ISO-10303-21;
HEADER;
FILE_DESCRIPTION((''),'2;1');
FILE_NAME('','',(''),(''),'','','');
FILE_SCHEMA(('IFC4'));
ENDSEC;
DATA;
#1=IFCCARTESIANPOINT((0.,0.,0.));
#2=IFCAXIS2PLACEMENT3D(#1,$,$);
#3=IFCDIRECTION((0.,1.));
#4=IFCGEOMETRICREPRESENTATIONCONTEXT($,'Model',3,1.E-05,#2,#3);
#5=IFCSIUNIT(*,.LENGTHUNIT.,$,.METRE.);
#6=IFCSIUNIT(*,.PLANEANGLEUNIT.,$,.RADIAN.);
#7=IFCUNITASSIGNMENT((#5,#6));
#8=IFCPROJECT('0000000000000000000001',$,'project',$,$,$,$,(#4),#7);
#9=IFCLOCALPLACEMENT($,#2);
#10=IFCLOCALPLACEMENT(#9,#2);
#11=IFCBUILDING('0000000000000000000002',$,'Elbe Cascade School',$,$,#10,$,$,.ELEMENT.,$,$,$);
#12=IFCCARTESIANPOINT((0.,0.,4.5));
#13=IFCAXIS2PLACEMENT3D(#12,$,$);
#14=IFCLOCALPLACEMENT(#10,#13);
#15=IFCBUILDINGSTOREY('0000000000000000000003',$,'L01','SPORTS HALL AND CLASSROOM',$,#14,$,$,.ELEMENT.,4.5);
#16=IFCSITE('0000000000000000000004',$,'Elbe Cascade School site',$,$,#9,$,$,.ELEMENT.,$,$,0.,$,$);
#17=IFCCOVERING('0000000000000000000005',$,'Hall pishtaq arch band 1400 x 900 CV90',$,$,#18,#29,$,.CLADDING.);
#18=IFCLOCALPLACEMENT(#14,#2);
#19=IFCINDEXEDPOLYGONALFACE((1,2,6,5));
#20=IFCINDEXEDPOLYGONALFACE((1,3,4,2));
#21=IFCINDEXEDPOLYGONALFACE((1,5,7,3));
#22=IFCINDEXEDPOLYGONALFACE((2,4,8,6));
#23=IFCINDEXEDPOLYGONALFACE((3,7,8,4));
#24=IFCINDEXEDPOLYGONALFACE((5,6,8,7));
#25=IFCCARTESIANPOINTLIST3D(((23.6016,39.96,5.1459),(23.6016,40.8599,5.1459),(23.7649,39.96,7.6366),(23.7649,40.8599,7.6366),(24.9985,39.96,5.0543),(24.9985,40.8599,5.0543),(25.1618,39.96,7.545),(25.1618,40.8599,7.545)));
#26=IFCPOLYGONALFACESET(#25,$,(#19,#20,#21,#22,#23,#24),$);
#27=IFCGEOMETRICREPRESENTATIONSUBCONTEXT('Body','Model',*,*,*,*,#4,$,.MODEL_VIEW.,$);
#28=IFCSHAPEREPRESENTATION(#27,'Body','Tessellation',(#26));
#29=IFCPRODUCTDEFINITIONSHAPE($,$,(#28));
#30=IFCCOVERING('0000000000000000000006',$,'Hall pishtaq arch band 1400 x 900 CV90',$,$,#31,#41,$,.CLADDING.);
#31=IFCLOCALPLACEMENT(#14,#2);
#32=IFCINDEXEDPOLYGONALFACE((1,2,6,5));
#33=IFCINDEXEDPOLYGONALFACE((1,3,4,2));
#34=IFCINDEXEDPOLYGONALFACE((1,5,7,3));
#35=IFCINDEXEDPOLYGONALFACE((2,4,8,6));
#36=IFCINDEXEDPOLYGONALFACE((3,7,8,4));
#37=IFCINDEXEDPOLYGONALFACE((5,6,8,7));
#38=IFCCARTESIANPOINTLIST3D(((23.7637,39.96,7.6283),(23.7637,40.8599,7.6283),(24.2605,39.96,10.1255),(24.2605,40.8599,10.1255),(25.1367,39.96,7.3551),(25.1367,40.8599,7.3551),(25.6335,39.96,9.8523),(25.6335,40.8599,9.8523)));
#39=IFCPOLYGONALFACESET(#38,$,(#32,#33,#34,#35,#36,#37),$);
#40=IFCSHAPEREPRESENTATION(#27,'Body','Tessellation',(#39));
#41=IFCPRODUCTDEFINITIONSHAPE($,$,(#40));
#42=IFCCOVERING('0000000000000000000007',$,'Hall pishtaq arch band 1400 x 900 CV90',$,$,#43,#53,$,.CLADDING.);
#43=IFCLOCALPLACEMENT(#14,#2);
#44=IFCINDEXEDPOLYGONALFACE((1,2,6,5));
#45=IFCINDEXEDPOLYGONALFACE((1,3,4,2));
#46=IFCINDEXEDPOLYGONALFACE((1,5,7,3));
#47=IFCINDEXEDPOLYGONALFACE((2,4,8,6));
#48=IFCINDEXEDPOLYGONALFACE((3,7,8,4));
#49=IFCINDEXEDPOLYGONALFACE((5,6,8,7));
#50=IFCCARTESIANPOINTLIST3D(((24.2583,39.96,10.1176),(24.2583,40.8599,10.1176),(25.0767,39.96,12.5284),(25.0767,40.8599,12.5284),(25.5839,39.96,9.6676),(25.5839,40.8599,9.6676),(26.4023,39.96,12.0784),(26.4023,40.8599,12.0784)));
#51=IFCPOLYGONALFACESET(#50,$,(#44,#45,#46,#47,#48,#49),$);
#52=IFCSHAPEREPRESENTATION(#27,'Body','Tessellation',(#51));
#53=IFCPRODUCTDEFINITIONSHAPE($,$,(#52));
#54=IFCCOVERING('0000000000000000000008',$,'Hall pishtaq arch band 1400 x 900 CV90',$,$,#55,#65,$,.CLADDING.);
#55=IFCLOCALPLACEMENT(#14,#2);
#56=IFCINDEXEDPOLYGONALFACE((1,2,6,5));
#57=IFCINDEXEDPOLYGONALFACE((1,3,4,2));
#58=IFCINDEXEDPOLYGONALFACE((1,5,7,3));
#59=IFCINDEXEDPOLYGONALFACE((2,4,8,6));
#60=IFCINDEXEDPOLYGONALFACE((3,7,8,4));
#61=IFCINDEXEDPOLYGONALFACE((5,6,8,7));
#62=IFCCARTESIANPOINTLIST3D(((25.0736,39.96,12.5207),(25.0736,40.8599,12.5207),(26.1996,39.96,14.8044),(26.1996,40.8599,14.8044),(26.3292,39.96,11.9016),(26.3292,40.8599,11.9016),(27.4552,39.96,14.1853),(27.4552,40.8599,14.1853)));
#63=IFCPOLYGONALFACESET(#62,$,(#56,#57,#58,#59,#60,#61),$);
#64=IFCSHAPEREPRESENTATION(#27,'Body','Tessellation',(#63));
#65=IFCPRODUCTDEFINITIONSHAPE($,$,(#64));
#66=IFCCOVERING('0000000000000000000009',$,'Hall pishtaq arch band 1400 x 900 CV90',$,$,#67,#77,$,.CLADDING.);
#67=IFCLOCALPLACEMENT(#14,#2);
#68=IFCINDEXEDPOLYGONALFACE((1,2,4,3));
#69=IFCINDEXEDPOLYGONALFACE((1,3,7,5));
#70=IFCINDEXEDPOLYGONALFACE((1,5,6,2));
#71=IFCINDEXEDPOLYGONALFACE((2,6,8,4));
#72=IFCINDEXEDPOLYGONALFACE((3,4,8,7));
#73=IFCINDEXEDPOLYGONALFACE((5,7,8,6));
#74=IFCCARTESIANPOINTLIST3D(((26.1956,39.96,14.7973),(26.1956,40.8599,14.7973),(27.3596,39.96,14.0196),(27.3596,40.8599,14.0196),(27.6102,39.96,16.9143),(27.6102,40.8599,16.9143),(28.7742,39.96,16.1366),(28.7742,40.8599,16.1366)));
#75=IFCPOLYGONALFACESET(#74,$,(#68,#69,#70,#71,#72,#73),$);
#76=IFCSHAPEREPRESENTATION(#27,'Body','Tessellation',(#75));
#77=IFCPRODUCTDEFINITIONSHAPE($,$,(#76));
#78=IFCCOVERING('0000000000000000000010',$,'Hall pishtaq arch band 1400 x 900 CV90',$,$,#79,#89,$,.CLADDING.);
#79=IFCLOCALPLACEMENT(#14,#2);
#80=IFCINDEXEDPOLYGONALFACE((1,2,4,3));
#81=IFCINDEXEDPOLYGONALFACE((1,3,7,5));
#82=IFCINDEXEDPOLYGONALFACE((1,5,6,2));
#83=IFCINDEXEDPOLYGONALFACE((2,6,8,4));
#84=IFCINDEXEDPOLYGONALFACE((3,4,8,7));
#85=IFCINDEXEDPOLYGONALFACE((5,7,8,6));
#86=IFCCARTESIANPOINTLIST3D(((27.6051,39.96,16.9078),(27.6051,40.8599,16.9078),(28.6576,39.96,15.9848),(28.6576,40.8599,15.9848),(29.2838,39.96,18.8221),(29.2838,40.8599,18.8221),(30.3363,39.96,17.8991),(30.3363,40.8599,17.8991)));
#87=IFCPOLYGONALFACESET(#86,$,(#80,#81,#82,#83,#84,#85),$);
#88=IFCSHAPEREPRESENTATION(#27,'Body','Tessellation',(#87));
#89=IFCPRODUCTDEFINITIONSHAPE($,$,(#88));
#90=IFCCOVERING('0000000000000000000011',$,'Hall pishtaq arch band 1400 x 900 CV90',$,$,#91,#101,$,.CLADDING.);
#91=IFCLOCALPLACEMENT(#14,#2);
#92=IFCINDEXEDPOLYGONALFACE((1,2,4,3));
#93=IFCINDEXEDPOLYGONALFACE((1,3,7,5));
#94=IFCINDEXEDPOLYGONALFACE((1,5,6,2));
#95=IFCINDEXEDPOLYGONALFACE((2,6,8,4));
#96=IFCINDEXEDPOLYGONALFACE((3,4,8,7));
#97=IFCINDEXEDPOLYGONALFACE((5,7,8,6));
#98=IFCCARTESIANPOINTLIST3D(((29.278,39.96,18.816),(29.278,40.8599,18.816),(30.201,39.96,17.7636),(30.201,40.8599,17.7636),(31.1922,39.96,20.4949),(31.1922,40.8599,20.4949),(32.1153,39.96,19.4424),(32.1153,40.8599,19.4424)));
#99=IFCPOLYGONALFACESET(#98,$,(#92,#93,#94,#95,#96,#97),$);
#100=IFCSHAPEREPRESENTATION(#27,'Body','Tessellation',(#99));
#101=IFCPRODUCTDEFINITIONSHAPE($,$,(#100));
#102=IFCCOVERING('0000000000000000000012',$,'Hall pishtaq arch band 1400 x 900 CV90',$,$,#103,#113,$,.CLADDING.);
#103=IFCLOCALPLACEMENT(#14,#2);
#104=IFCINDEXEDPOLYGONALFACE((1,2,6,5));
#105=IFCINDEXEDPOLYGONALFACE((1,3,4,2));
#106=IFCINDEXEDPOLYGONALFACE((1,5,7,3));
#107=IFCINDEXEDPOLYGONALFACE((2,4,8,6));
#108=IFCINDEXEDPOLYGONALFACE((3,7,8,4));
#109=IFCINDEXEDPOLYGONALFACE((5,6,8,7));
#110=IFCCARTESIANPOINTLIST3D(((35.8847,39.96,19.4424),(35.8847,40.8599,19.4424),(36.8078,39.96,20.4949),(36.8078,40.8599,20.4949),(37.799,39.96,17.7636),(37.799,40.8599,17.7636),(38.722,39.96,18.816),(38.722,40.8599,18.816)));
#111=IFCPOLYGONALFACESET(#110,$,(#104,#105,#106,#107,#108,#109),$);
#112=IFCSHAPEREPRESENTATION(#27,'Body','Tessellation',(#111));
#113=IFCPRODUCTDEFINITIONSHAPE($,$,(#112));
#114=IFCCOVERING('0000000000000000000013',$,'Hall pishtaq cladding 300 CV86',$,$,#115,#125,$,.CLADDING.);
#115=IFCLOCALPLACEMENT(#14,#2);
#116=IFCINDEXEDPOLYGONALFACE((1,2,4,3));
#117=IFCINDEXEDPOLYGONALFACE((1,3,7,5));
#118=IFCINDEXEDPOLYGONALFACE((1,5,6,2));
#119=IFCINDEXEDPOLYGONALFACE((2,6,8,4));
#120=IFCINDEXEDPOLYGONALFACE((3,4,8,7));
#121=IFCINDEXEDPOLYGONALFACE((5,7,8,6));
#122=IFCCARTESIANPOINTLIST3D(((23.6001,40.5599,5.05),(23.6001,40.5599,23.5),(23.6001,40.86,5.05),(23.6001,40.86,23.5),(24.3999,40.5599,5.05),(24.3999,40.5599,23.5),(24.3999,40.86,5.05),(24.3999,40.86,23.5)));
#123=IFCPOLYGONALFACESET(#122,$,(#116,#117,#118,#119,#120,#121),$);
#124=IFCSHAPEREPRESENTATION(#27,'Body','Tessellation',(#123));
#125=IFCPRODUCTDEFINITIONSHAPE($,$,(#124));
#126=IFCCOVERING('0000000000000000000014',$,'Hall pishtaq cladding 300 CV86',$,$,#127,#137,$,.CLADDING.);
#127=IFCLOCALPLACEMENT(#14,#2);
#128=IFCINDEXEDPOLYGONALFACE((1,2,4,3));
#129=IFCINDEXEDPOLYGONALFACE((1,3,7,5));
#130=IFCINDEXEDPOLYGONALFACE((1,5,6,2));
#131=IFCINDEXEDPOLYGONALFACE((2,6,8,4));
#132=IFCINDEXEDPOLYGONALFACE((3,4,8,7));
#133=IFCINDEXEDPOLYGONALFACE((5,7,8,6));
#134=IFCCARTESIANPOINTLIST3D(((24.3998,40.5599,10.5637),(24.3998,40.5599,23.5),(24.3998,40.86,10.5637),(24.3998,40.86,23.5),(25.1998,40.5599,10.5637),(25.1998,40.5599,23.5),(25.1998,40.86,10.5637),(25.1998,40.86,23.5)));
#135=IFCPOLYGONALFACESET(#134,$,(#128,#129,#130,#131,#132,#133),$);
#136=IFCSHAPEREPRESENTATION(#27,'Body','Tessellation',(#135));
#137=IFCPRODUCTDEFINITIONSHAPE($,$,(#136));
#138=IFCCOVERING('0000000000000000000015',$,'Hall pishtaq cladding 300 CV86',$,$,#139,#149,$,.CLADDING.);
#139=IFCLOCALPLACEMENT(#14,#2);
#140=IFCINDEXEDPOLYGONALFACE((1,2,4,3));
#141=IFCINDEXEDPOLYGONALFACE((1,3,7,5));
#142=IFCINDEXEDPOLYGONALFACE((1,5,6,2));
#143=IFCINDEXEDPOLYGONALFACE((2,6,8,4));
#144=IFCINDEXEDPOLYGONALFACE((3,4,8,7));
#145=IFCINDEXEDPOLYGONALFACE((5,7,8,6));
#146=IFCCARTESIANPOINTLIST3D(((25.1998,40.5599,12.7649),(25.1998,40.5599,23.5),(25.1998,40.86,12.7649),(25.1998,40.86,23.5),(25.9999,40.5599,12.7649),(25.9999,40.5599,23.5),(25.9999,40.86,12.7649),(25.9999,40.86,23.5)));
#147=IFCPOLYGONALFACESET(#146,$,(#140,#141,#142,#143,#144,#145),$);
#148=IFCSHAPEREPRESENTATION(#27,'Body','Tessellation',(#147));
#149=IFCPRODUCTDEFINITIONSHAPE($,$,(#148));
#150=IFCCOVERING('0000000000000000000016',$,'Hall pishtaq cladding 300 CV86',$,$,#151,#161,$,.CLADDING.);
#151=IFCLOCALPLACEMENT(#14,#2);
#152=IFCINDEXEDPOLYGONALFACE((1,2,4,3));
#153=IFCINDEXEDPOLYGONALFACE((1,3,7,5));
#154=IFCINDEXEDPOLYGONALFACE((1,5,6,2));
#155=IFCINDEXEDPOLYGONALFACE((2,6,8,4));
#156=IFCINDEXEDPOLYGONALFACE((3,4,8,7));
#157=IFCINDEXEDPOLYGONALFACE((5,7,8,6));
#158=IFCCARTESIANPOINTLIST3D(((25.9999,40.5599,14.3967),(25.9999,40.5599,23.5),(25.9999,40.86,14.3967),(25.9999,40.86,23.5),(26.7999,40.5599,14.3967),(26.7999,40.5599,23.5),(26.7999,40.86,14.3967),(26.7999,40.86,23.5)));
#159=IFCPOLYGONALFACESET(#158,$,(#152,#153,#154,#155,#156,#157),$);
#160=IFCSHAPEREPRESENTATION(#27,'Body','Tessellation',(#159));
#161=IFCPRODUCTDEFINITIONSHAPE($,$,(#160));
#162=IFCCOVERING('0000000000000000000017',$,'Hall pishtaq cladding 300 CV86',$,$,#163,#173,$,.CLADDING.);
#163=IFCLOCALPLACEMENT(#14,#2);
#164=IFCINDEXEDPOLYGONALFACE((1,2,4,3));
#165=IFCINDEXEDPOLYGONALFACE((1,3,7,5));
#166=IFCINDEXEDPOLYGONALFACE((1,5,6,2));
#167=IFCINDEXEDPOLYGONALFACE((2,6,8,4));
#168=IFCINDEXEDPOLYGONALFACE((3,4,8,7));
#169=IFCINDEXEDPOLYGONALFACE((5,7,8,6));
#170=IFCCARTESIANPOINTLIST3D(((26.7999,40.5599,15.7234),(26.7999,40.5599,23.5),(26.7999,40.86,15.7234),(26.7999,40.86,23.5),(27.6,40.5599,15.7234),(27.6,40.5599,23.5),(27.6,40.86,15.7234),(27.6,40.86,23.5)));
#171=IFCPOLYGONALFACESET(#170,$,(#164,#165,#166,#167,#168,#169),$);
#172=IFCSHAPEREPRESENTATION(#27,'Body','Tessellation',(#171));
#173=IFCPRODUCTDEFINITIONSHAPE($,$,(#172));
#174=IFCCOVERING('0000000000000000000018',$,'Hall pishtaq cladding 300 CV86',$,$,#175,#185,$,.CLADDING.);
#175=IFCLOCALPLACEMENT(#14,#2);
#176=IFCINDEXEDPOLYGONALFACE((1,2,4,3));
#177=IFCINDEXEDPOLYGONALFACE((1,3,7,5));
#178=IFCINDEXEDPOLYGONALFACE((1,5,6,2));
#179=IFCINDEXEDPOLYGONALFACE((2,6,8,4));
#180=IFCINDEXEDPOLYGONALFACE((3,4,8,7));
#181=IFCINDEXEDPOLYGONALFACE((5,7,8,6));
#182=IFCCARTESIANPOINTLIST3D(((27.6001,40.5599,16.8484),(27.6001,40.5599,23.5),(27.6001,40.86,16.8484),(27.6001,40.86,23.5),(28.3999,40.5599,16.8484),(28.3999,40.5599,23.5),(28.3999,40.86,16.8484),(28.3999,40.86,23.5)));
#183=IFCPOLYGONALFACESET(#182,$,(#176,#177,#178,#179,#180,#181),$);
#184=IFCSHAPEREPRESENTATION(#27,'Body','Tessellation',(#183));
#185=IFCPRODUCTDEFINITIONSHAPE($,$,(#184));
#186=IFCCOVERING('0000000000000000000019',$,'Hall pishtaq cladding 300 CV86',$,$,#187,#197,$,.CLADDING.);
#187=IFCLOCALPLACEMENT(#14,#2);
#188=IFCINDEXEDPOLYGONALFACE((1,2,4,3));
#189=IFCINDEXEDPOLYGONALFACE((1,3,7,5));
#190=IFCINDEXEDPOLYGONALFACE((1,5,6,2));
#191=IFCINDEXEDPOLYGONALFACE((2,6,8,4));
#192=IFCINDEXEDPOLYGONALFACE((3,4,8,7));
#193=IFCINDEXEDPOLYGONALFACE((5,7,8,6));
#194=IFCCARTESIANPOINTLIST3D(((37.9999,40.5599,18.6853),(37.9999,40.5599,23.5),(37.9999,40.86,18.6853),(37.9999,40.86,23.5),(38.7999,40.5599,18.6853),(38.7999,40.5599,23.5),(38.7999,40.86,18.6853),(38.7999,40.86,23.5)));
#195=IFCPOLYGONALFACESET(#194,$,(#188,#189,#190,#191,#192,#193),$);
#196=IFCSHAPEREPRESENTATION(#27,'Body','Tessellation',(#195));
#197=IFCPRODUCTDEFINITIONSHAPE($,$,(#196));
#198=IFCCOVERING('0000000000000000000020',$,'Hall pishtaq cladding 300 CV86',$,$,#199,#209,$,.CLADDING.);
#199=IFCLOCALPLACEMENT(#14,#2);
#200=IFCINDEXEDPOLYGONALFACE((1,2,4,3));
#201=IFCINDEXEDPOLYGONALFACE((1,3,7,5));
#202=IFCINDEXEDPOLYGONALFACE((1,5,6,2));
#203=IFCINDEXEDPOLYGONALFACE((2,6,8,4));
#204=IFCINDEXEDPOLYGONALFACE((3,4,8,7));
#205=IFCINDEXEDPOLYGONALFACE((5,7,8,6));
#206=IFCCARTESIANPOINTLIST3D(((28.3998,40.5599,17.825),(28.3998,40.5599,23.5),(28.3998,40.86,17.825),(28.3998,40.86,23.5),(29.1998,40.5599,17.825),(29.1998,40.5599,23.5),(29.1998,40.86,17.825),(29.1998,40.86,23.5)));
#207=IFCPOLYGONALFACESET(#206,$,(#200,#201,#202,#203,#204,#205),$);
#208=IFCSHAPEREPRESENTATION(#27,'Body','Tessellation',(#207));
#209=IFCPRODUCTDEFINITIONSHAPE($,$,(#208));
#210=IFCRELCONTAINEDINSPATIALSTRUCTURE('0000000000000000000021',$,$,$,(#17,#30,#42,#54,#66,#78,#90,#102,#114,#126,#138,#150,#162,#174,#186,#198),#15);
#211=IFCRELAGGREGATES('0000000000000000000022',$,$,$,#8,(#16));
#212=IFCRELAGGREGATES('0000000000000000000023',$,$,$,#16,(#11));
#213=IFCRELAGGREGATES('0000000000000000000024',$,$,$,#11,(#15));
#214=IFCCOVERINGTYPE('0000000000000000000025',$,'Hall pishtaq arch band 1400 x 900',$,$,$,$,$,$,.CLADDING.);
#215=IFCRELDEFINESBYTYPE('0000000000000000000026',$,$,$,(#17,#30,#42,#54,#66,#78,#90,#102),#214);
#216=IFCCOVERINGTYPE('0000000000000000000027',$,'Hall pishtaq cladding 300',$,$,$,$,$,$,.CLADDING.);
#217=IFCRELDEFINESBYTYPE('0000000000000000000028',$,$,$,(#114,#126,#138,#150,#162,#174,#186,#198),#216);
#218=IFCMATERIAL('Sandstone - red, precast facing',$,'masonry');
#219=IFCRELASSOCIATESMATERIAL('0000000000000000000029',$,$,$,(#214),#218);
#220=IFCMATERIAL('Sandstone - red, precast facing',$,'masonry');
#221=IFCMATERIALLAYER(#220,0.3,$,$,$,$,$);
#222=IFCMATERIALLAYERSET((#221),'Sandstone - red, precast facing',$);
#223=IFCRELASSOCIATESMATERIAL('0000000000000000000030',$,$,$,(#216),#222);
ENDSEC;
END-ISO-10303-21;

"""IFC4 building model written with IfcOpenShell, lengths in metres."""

from ifc_helpers import new_model, si_unit, direction, frame, frame_2d, origin, origin_2d, place, context, subcontext, project, spatial, rectangle, extrude, material, layer, layer_set, type_object, element, save


model = new_model("IFC4")

# Units and contexts
model_context = context("Model", 3, precision=1e-05, world=origin(), true_north=direction((0.0, 1.0)))
body_context = subcontext(model_context, "Body", "Model", "MODEL_VIEW")
ifc_project = project(units=[si_unit("LENGTHUNIT", "METRE"), si_unit("PLANEANGLEUNIT", "RADIAN")], contexts=[model_context])

# Site, building, storey
site_placement = place(None, origin())
site = spatial("IfcSite", under=ifc_project, at=site_placement, Name="Elbe Cascade School site", CompositionType="ELEMENT", RefElevation=0.0)
building_placement = place(site_placement, origin())
building = spatial("IfcBuilding", under=site, at=building_placement, Name="Elbe Cascade School", CompositionType="ELEMENT")
storey_placement = place(building_placement, frame((0.0, 0.0, 4.5)))
storey = spatial("IfcBuildingStorey", under=building, at=storey_placement, Name="L01", Description="SPORTS HALL AND CLASSROOM", CompositionType="ELEMENT", Elevation=4.5)

# Coverings
ifc_material_1 = material(Name="Sandstone - red, precast facing", Category="masonry")
covering_type_1 = type_object("IfcCoveringType", Name="Hall pishtaq arch band 1400 x 900", PredefinedType="CLADDING", material=ifc_material_1)
covering_1_placement = place(storey_placement, frame((24.3, 40.4099, 5.1001), z_axis=(0.065435, 0.0, 0.997857), x_axis=(0.0, 1.0, 0.0)))
element("IfcCovering", 1, at=covering_1_placement, inside=storey, type_object=covering_type_1, Name="Hall pishtaq arch band 1400 x 900 CV90", PredefinedType="CLADDING", context=body_context, shape_type="SweptSolid", body=[
    extrude(rectangle(XDim=0.8999, YDim=1.3999, at=origin_2d()), origin(), (0.0, 0.0, 1.0), 2.4961),
])
covering_2_placement = place(storey_placement, frame((24.4502, 40.4099, 7.4917), z_axis=(0.19512, 0.0, 0.980779), x_axis=(0.0, 1.0, 0.0)))
element("IfcCovering", 2, at=covering_2_placement, inside=storey, type_object=covering_type_1, Name="Hall pishtaq arch band 1400 x 900 CV90", PredefinedType="CLADDING", context=body_context, shape_type="SweptSolid", body=[
    extrude(rectangle(XDim=0.8999, YDim=1.3999, at=origin_2d()), origin(), (0.0, 0.0, 1.0), 2.5461),
])
covering_3_placement = place(storey_placement, frame((24.9211, 40.4099, 9.8926), z_axis=(0.32143, 0.0, 0.946933), x_axis=(0.0, 1.0, 0.0)))
element("IfcCovering", 3, at=covering_3_placement, inside=storey, type_object=covering_type_1, Name="Hall pishtaq arch band 1400 x 900 CV90", PredefinedType="CLADDING", context=body_context, shape_type="SweptSolid", body=[
    extrude(rectangle(XDim=0.8999, YDim=1.3999, at=origin_2d()), origin(), (0.0, 0.0, 1.0), 2.5459),
])
for number, where, z_axis, x_axis, name in (
    (4, (25.7014, 40.4099, 12.2112), (0.442221, 0.0, 0.896906), (0.0, 1.0, 0.0), "Hall pishtaq arch band 1400 x 900 CV90"),
    (5, (26.7776, 40.4099, 14.4084), (0.555585, 0.0, 0.83146), (0.0, 1.0, 0.0), "Hall pishtaq arch band 1400 x 900 CV90"),
    (6, (28.1313, 40.4099, 16.4463), (0.659326, 0.0, 0.751858), (0.0, 1.0, 0.0), "Hall pishtaq arch band 1400 x 900 CV90"),
    (7, (29.7395, 40.4099, 18.2898), (0.75181, 0.0, 0.65938), (0.0, 1.0, 0.0), "Hall pishtaq arch band 1400 x 900 CV90"),
    (8, (38.2605, 40.4099, 18.2898), (-0.75181, 0.0, 0.65938), (0.0, -1.0, 0.0), "Hall pishtaq arch band 1400 x 900 CV90"),
):
    element("IfcCovering", number, at=place(storey_placement, frame(where, z_axis=z_axis, x_axis=x_axis)), inside=storey, type_object=covering_type_1, Name=name, PredefinedType="CLADDING", context=body_context, shape_type="SweptSolid", body=[
        extrude(rectangle(XDim=0.8999, YDim=1.3999, at=origin_2d()), origin(), (0.0, 0.0, 1.0), 2.5461),
    ])
ifc_material_2 = material(Name="Sandstone - red, precast facing", Category="masonry")
ifc_layer_1 = layer(ifc_material_2, 0.3)
ifc_layer_set_1 = layer_set([ifc_layer_1], Name="Sandstone - red, precast facing")
covering_type_2 = type_object("IfcCoveringType", Name="Hall pishtaq cladding 300", PredefinedType="CLADDING", material=ifc_layer_set_1)
covering_4_placement = place(storey_placement, frame((23.6001, 40.71, 5.05), z_axis=(0.0, 0.0, 1.0), x_axis=(1.0, 0.0, 0.0)))
element("IfcCovering", 9, at=covering_4_placement, inside=storey, type_object=covering_type_2, Name="Hall pishtaq cladding 300 CV86", PredefinedType="CLADDING", context=body_context, shape_type="SweptSolid", body=[
    extrude(rectangle(XDim=0.7998, YDim=0.3, at=frame_2d((0.3999, 0.0))), origin(), (0.0, 0.0, 1.0), 18.45),
])
covering_5_placement = place(storey_placement, frame((24.3999, 40.71, 10.5637), z_axis=(0.0, 0.0, 1.0), x_axis=(1.0, 0.0, 0.0)))
element("IfcCovering", 10, at=covering_5_placement, inside=storey, type_object=covering_type_2, Name="Hall pishtaq cladding 300 CV86", PredefinedType="CLADDING", context=body_context, shape_type="SweptSolid", body=[
    extrude(rectangle(XDim=0.8, YDim=0.3, at=frame_2d((0.3999, 0.0))), origin(), (0.0, 0.0, 1.0), 12.9363),
])
covering_6_placement = place(storey_placement, frame((25.2, 40.71, 12.7649), z_axis=(0.0, 0.0, 1.0), x_axis=(1.0, 0.0, 0.0)))
element("IfcCovering", 11, at=covering_6_placement, inside=storey, type_object=covering_type_2, Name="Hall pishtaq cladding 300 CV86", PredefinedType="CLADDING", context=body_context, shape_type="SweptSolid", body=[
    extrude(rectangle(XDim=0.8, YDim=0.3, at=frame_2d((0.3999, 0.0))), origin(), (0.0, 0.0, 1.0), 10.7351),
])
covering_7_placement = place(storey_placement, frame((26.0, 40.71, 14.3967), z_axis=(0.0, 0.0, 1.0), x_axis=(1.0, 0.0, 0.0)))
element("IfcCovering", 12, at=covering_7_placement, inside=storey, type_object=covering_type_2, Name="Hall pishtaq cladding 300 CV86", PredefinedType="CLADDING", context=body_context, shape_type="SweptSolid", body=[
    extrude(rectangle(XDim=0.8, YDim=0.3, at=frame_2d((0.3999, 0.0))), origin(), (0.0, 0.0, 1.0), 9.1033),
])
covering_8_placement = place(storey_placement, frame((26.8, 40.71, 15.7234), z_axis=(0.0, 0.0, 1.0), x_axis=(1.0, 0.0, 0.0)))
element("IfcCovering", 13, at=covering_8_placement, inside=storey, type_object=covering_type_2, Name="Hall pishtaq cladding 300 CV86", PredefinedType="CLADDING", context=body_context, shape_type="SweptSolid", body=[
    extrude(rectangle(XDim=0.8, YDim=0.3, at=frame_2d((0.3999, 0.0))), origin(), (0.0, 0.0, 1.0), 7.7766),
])
covering_9_placement = place(storey_placement, frame((27.6001, 40.71, 16.8484), z_axis=(0.0, 0.0, 1.0), x_axis=(1.0, 0.0, 0.0)))
element("IfcCovering", 14, at=covering_9_placement, inside=storey, type_object=covering_type_2, Name="Hall pishtaq cladding 300 CV86", PredefinedType="CLADDING", context=body_context, shape_type="SweptSolid", body=[
    extrude(rectangle(XDim=0.7998, YDim=0.3, at=frame_2d((0.3999, 0.0))), origin(), (0.0, 0.0, 1.0), 6.6516),
])
covering_10_placement = place(storey_placement, frame((38.0, 40.71, 18.6853), z_axis=(0.0, 0.0, 1.0), x_axis=(1.0, 0.0, 0.0)))
element("IfcCovering", 15, at=covering_10_placement, inside=storey, type_object=covering_type_2, Name="Hall pishtaq cladding 300 CV86", PredefinedType="CLADDING", context=body_context, shape_type="SweptSolid", body=[
    extrude(rectangle(XDim=0.8, YDim=0.3, at=frame_2d((0.3999, 0.0))), origin(), (0.0, 0.0, 1.0), 4.8147),
])
for number, where, z_axis, x_axis, name in (
    (16, (28.3999, 40.71, 17.825), (0.0, 0.0, 1.0), (1.0, 0.0, 0.0), "Hall pishtaq cladding 300 CV86"),
):
    element("IfcCovering", number, at=place(storey_placement, frame(where, z_axis=z_axis, x_axis=x_axis)), inside=storey, type_object=covering_type_2, Name=name, PredefinedType="CLADDING", context=body_context, shape_type="SweptSolid", body=[
        extrude(rectangle(XDim=0.8, YDim=0.3, at=frame_2d((0.3999, 0.0))), origin(), (0.0, 0.0, 1.0), 5.675),
    ])

save(model, "model.ifc")
